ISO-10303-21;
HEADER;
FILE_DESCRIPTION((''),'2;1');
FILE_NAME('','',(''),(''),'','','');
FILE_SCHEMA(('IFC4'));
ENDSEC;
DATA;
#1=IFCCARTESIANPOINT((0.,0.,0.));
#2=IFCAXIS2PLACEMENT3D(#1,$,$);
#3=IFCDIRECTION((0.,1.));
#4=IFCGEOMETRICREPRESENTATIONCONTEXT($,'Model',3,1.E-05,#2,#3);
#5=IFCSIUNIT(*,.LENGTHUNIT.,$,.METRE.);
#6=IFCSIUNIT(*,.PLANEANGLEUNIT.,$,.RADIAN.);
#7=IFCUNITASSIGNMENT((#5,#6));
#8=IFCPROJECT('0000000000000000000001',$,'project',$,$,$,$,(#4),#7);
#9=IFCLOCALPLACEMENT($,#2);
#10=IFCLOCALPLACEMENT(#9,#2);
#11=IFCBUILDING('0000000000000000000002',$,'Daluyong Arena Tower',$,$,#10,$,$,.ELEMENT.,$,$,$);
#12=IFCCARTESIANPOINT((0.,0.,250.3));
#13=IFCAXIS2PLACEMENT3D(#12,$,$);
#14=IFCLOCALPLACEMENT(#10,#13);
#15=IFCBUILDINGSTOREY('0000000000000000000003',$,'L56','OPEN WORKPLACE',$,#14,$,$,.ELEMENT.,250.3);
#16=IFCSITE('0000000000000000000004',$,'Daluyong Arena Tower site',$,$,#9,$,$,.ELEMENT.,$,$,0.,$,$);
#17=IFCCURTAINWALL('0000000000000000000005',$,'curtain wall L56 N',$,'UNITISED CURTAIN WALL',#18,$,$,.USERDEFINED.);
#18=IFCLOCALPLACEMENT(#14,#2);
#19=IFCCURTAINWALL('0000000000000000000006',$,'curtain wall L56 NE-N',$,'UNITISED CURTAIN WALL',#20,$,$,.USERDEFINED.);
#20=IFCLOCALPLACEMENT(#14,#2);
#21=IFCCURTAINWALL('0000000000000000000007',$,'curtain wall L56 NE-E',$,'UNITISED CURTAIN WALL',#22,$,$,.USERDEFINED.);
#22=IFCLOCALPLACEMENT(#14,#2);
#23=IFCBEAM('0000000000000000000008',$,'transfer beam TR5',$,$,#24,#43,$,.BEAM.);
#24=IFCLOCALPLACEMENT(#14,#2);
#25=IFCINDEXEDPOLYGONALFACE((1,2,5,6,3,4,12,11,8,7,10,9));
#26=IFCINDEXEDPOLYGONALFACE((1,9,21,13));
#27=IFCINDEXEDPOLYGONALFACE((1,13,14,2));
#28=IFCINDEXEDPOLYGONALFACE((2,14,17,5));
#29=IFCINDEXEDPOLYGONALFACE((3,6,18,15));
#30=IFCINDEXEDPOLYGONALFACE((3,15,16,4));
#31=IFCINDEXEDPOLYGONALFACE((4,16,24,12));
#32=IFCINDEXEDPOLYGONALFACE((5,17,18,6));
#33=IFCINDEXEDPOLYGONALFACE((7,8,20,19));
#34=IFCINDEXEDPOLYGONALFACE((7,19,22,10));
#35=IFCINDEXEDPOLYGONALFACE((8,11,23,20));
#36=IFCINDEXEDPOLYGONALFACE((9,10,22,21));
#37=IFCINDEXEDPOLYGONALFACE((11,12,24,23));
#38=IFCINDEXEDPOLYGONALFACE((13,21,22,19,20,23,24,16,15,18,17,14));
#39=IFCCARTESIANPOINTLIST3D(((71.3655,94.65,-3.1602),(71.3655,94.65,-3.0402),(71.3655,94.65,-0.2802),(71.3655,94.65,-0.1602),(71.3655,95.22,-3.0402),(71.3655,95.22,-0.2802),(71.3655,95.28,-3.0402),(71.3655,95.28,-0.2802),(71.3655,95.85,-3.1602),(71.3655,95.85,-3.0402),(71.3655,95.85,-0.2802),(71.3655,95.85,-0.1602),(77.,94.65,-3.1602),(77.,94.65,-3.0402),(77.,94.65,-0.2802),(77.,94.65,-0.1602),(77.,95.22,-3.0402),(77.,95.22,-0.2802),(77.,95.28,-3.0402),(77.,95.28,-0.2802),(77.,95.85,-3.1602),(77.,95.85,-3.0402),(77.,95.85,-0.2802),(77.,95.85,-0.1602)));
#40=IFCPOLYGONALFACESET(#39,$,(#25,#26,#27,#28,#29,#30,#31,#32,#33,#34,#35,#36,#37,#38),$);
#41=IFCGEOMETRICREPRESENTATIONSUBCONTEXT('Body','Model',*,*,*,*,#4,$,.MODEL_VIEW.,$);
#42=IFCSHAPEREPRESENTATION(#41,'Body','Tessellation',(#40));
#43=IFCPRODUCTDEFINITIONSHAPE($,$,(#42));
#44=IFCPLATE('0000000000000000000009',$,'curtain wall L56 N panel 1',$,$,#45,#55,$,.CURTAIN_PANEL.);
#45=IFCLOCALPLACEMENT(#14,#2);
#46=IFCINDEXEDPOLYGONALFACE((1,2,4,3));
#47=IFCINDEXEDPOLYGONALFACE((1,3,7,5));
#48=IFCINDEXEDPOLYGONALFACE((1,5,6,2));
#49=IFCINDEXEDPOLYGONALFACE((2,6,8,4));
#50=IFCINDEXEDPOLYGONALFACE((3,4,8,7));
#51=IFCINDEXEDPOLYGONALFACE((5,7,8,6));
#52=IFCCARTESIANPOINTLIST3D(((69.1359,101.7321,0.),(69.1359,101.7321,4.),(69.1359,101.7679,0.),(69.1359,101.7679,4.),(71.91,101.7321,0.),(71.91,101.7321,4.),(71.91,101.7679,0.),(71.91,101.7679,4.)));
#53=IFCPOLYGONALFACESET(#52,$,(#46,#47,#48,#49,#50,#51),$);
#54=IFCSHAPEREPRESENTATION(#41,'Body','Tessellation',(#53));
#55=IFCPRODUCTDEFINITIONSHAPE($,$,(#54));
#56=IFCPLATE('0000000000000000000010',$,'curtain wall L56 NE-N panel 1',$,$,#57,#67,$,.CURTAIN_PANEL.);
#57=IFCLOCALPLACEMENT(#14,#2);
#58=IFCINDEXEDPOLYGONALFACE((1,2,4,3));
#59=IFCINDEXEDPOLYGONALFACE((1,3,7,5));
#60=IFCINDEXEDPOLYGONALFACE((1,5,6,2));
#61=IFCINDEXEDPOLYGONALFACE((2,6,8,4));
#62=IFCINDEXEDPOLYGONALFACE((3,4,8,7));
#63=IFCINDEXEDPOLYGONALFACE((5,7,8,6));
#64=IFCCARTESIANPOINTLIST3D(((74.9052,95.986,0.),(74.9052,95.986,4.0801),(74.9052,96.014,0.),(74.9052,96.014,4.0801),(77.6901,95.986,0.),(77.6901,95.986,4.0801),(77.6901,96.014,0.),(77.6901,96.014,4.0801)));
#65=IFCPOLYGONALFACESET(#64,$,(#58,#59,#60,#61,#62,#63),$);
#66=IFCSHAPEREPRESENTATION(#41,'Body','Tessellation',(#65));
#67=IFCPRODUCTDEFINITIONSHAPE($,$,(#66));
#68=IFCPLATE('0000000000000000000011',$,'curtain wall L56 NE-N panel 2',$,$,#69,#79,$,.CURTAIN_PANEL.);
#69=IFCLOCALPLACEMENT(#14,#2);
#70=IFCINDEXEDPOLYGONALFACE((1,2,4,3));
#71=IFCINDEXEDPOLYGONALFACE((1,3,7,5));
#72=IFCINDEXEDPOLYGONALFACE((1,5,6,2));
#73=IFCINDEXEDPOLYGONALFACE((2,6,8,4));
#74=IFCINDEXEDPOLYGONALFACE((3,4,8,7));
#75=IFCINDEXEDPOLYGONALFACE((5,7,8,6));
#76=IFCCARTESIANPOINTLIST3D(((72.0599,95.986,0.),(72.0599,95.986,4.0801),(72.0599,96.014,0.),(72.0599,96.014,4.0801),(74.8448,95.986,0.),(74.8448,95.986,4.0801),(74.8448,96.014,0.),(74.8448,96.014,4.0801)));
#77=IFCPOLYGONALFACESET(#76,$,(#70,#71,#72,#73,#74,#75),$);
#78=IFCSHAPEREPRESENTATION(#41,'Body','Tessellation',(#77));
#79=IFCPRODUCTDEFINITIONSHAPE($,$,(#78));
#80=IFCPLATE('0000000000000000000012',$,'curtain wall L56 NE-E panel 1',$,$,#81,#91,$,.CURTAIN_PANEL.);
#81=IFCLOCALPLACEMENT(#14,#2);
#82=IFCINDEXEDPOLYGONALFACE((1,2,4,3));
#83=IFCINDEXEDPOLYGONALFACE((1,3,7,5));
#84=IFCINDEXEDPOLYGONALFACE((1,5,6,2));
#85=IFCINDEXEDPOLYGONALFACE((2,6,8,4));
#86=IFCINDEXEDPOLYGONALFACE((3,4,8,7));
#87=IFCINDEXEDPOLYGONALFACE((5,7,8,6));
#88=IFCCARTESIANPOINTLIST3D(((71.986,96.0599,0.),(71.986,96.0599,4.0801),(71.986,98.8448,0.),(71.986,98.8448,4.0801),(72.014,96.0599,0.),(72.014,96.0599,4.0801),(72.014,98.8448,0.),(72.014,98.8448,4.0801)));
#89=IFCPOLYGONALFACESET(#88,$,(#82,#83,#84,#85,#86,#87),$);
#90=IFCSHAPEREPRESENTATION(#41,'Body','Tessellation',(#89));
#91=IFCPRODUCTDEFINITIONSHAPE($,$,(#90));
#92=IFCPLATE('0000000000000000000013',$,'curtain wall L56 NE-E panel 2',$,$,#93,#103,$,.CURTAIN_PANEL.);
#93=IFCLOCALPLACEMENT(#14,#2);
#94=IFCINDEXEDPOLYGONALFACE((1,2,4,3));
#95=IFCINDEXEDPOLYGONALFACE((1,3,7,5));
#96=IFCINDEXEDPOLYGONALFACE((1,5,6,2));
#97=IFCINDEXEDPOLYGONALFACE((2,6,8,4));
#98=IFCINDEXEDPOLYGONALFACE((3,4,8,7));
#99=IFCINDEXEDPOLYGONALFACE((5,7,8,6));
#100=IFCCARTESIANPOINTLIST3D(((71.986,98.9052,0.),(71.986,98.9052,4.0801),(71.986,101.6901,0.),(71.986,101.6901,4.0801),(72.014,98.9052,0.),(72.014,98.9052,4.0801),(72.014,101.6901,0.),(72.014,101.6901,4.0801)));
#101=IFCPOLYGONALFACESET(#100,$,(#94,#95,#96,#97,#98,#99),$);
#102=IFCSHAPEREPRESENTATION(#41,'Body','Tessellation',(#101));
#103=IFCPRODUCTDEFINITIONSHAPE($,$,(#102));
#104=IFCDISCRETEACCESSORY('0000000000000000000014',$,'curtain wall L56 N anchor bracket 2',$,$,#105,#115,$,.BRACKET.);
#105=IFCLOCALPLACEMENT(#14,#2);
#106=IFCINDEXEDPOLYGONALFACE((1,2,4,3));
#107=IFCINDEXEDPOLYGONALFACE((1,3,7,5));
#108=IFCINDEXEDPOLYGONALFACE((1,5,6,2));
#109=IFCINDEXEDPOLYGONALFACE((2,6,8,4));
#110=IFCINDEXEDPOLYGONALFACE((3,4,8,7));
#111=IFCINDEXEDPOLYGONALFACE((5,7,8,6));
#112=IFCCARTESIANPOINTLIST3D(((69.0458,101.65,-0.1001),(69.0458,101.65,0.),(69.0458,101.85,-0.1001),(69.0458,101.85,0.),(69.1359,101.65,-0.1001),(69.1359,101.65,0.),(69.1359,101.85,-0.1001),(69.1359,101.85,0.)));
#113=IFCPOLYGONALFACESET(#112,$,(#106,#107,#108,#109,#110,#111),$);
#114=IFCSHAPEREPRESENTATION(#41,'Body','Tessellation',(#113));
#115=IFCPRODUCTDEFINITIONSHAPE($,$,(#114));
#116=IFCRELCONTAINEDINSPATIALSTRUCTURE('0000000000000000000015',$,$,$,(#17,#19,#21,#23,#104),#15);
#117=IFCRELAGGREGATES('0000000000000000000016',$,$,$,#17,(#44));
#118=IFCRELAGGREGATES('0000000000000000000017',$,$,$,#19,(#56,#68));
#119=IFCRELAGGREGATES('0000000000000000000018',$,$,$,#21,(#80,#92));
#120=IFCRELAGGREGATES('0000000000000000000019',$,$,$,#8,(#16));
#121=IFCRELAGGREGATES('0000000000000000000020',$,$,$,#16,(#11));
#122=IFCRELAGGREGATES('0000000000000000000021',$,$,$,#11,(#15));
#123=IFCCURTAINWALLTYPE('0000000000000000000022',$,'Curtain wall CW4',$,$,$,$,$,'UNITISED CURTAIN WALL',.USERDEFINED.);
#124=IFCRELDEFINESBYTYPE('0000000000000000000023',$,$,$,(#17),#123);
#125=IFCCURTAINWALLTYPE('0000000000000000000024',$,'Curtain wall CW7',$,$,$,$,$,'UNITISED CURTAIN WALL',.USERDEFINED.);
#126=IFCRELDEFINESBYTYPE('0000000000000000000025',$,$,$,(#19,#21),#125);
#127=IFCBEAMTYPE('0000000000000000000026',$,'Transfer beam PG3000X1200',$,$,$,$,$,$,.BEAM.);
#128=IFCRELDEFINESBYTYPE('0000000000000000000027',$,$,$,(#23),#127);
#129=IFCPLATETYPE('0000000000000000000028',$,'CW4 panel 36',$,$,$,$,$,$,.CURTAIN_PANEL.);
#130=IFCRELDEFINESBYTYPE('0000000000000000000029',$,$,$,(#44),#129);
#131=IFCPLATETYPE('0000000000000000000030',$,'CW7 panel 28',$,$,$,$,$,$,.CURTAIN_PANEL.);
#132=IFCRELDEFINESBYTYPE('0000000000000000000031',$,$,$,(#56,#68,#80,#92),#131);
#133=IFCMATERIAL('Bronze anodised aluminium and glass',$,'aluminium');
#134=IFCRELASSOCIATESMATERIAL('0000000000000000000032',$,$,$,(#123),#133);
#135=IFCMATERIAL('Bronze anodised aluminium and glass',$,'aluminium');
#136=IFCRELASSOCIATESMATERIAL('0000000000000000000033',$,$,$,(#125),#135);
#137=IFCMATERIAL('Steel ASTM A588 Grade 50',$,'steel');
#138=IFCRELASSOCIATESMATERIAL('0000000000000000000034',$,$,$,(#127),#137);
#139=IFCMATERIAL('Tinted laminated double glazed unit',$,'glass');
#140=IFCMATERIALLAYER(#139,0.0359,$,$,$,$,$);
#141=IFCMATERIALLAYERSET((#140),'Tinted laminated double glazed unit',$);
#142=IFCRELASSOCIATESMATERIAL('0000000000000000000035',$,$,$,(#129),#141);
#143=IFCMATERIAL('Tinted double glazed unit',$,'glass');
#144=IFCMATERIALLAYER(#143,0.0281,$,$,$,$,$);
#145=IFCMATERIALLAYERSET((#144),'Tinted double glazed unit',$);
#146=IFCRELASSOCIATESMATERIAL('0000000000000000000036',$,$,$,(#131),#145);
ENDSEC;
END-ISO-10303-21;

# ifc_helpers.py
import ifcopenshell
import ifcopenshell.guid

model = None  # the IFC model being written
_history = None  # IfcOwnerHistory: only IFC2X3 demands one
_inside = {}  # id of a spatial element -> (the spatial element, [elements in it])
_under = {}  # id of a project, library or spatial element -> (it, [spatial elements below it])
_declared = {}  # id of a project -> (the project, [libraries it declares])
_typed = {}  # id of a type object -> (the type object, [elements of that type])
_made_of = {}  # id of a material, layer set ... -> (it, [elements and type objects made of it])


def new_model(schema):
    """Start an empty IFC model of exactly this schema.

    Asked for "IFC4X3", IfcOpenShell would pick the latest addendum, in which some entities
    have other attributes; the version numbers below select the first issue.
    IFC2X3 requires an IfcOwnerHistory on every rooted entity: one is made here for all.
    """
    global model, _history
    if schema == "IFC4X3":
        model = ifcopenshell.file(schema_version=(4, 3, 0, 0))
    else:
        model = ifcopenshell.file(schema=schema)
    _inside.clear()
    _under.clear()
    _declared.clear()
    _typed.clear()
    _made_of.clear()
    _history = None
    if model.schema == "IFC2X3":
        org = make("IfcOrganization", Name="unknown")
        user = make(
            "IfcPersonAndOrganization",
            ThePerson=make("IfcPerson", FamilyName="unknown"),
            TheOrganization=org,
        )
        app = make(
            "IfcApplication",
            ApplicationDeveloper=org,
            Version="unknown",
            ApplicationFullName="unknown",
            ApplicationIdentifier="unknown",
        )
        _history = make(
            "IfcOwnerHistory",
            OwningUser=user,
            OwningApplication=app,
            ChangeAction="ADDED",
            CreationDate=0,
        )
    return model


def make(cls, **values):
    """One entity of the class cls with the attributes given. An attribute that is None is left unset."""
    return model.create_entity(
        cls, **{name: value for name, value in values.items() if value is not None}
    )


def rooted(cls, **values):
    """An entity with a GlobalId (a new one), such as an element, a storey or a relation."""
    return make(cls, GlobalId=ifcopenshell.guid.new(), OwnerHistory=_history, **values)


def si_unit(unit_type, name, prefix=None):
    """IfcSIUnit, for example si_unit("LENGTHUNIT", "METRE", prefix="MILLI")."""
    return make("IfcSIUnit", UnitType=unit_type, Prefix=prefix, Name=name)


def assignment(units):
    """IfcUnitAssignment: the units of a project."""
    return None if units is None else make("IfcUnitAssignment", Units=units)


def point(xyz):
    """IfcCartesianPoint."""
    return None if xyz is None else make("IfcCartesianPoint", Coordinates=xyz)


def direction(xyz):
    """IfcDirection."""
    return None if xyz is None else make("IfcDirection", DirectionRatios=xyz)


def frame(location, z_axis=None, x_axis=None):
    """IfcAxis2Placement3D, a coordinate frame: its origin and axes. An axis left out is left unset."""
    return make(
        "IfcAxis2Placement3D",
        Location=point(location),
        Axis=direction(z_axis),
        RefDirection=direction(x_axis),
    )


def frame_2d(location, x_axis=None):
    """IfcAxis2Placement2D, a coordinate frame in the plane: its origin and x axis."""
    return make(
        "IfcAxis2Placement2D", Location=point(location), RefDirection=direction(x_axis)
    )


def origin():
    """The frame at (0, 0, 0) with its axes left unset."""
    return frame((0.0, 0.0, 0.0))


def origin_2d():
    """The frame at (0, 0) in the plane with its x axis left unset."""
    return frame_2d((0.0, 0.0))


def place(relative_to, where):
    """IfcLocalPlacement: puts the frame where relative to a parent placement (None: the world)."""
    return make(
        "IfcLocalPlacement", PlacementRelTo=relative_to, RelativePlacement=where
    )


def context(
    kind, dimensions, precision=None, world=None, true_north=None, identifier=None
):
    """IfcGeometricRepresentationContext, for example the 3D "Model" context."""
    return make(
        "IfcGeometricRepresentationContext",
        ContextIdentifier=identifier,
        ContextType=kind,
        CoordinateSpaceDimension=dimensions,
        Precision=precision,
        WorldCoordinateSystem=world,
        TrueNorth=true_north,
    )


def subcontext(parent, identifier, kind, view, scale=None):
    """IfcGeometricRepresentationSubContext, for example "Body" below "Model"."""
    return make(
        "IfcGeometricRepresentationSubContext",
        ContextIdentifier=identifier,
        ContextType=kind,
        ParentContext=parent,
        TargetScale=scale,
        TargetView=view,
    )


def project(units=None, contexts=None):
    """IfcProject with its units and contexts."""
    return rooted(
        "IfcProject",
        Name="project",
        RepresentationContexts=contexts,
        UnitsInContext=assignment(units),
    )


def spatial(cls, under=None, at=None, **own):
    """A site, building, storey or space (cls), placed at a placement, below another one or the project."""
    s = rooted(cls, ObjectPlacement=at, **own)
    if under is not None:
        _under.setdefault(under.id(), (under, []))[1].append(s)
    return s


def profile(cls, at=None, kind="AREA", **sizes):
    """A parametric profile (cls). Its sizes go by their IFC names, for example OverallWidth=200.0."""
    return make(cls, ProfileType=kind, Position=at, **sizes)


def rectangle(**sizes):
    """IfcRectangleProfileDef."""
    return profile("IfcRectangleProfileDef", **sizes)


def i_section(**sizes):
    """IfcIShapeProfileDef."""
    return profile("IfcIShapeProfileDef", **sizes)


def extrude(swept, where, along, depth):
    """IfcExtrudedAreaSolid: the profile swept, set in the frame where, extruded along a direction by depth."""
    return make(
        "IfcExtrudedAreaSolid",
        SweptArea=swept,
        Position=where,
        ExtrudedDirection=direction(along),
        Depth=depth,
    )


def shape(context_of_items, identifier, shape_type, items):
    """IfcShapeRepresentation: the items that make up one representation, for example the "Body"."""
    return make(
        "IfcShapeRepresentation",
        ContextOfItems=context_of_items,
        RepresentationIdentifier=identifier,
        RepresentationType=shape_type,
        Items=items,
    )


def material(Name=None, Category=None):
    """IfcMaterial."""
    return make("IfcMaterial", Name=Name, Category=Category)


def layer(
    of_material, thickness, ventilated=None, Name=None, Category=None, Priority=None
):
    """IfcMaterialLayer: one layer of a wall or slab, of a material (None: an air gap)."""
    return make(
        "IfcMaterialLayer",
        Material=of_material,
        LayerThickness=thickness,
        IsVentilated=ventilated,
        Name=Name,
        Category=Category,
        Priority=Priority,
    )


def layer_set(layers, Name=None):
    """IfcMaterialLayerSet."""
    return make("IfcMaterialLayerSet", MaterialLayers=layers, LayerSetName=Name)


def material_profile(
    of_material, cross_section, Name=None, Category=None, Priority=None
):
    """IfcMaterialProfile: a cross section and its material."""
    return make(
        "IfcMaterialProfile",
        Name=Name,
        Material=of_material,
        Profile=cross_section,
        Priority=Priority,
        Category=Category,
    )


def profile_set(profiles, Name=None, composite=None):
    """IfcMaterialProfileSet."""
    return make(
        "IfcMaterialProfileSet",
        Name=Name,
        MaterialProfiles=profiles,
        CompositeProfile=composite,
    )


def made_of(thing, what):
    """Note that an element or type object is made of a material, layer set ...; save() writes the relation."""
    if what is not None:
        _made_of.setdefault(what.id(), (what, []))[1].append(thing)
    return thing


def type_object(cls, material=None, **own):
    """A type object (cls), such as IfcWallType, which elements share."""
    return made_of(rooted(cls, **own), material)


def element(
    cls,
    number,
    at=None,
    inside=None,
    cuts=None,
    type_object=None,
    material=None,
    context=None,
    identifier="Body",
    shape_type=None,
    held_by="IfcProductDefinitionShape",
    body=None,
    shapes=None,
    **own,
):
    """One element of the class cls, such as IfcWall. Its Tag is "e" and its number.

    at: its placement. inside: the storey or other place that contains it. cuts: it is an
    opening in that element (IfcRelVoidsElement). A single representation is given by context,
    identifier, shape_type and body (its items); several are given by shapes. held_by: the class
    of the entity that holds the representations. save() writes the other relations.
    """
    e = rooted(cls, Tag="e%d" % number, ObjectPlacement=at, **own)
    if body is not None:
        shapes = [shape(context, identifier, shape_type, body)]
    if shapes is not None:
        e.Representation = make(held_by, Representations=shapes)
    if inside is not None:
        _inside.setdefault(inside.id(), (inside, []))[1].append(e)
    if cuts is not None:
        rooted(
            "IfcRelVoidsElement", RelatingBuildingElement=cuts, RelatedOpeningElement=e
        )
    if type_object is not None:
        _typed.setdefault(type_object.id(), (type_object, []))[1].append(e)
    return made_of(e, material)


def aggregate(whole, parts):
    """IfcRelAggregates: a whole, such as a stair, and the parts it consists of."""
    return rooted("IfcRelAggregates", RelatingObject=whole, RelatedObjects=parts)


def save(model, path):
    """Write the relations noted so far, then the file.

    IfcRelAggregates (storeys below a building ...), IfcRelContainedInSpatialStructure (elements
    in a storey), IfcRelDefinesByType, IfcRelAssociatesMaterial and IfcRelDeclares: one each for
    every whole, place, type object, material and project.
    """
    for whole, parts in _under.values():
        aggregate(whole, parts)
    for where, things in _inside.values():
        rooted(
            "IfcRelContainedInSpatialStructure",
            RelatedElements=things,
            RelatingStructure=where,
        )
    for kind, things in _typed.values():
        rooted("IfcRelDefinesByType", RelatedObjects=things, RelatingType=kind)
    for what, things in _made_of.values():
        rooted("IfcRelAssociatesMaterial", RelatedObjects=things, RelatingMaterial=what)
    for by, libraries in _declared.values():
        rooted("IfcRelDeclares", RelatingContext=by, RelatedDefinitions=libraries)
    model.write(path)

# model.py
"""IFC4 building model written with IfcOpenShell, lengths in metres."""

from ifc_helpers import new_model, si_unit, direction, frame, origin, origin_2d, place, context, subcontext, project, spatial, rectangle, i_section, extrude, material, layer, layer_set, material_profile, profile_set, type_object, element, aggregate, save


model = new_model("IFC4")

# Units and contexts
model_context = context("Model", 3, precision=1e-05, world=origin(), true_north=direction((0.0, 1.0)))
body_context = subcontext(model_context, "Body", "Model", "MODEL_VIEW")
ifc_project = project(units=[si_unit("LENGTHUNIT", "METRE"), si_unit("PLANEANGLEUNIT", "RADIAN")], contexts=[model_context])

# Site, building, storey
site_placement = place(None, origin())
site = spatial("IfcSite", under=ifc_project, at=site_placement, Name="Daluyong Arena Tower site", CompositionType="ELEMENT", RefElevation=0.0)
building_placement = place(site_placement, origin())
building = spatial("IfcBuilding", under=site, at=building_placement, Name="Daluyong Arena Tower", CompositionType="ELEMENT")
storey_placement = place(building_placement, frame((0.0, 0.0, 250.3)))
storey = spatial("IfcBuildingStorey", under=building, at=storey_placement, Name="L56", Description="OPEN WORKPLACE", CompositionType="ELEMENT", Elevation=250.3)

# Shared definitions
ifc_material_1 = material(Name="Bronze anodised aluminium and glass", Category="aluminium")
curtain_wall_type_1 = type_object("IfcCurtainWallType", Name="Curtain wall CW4", ElementType="UNITISED CURTAIN WALL", PredefinedType="USERDEFINED", material=ifc_material_1)

# Curtain walls
curtain_wall_1_placement = place(storey_placement, origin())
curtain_wall_1 = element("IfcCurtainWall", 1, at=curtain_wall_1_placement, inside=storey, type_object=curtain_wall_type_1, Name="curtain wall L56 N", ObjectType="UNITISED CURTAIN WALL", PredefinedType="USERDEFINED")
ifc_material_2 = material(Name="Bronze anodised aluminium and glass", Category="aluminium")
curtain_wall_type_2 = type_object("IfcCurtainWallType", Name="Curtain wall CW7", ElementType="UNITISED CURTAIN WALL", PredefinedType="USERDEFINED", material=ifc_material_2)
curtain_wall_2_placement = place(storey_placement, origin())
curtain_wall_2 = element("IfcCurtainWall", 2, at=curtain_wall_2_placement, inside=storey, type_object=curtain_wall_type_2, Name="curtain wall L56 NE-N", ObjectType="UNITISED CURTAIN WALL", PredefinedType="USERDEFINED")
curtain_wall_3_placement = place(storey_placement, origin())
curtain_wall_3 = element("IfcCurtainWall", 3, at=curtain_wall_3_placement, inside=storey, type_object=curtain_wall_type_2, Name="curtain wall L56 NE-E", ObjectType="UNITISED CURTAIN WALL", PredefinedType="USERDEFINED")

# Beam
ifc_material_3 = material(Name="Steel ASTM A588 Grade 50", Category="steel")
ifc_material_profile_1 = material_profile(ifc_material_3, i_section(OverallWidth=1.2, OverallDepth=3.0, WebThickness=0.06, FlangeThickness=0.12, at=origin_2d()))
ifc_profile_set_1 = profile_set([ifc_material_profile_1], Name="Steel ASTM A588 Grade 50")
beam_type_1 = type_object("IfcBeamType", Name="Transfer beam PG3000X1200", PredefinedType="BEAM", material=ifc_profile_set_1)
beam_1_placement = place(storey_placement, frame((71.3655, 95.25, -1.6602), z_axis=(1.0, 0.0, 0.0), x_axis=(0.0, 1.0, 0.0)))
element("IfcBeam", 4, at=beam_1_placement, inside=storey, type_object=beam_type_1, Name="transfer beam TR5", PredefinedType="BEAM", context=body_context, shape_type="SweptSolid", body=[
    extrude(i_section(OverallWidth=1.2, OverallDepth=3.0, WebThickness=0.06, FlangeThickness=0.12, at=origin_2d()), origin(), (0.0, 0.0, 1.0), 5.6345),
])

# Plates
ifc_material_4 = material(Name="Tinted laminated double glazed unit", Category="glass")
ifc_layer_1 = layer(ifc_material_4, 0.0359)
ifc_layer_set_1 = layer_set([ifc_layer_1], Name="Tinted laminated double glazed unit")
plate_type_1 = type_object("IfcPlateType", Name="CW4 panel 36", PredefinedType="CURTAIN_PANEL", material=ifc_layer_set_1)
plate_1_placement = place(storey_placement, frame((70.5229, 101.75, 0.0), z_axis=(0.0, 0.0, 1.0), x_axis=(-1.0, 0.0, 0.0)))
plate_1 = element("IfcPlate", 5, at=plate_1_placement, type_object=plate_type_1, Name="curtain wall L56 N panel 1", PredefinedType="CURTAIN_PANEL", context=body_context, shape_type="SweptSolid", body=[
    extrude(rectangle(XDim=2.7742, YDim=0.0359, at=origin_2d()), origin(), (0.0, 0.0, 1.0), 4.0),
])
aggregate(curtain_wall_1, [plate_1])
ifc_material_5 = material(Name="Tinted double glazed unit", Category="glass")
ifc_layer_2 = layer(ifc_material_5, 0.0281)
ifc_layer_set_2 = layer_set([ifc_layer_2], Name="Tinted double glazed unit")
plate_type_2 = type_object("IfcPlateType", Name="CW7 panel 28", PredefinedType="CURTAIN_PANEL", material=ifc_layer_set_2)
plate_2_placement = place(storey_placement, frame((76.2976, 96.0, 0.0), z_axis=(0.0, 0.0, 1.0), x_axis=(-1.0, 0.0, 0.0)))
plate_2 = element("IfcPlate", 6, at=plate_2_placement, type_object=plate_type_2, Name="curtain wall L56 NE-N panel 1", PredefinedType="CURTAIN_PANEL", context=body_context, shape_type="SweptSolid", body=[
    extrude(rectangle(XDim=2.7849, YDim=0.0281, at=origin_2d()), origin(), (0.0, 0.0, 1.0), 4.0801),
])
plate_3_placement = place(storey_placement, frame((73.4524, 96.0, 0.0), z_axis=(0.0, 0.0, 1.0), x_axis=(-1.0, 0.0, 0.0)))
plate_3 = element("IfcPlate", 7, at=plate_3_placement, type_object=plate_type_2, Name="curtain wall L56 NE-N panel 2", PredefinedType="CURTAIN_PANEL", context=body_context, shape_type="SweptSolid", body=[
    extrude(rectangle(XDim=2.7849, YDim=0.0281, at=origin_2d()), origin(), (0.0, 0.0, 1.0), 4.0801),
])
aggregate(curtain_wall_2, [plate_2, plate_3])
plate_4_placement = place(storey_placement, frame((72.0, 97.4524, 0.0), z_axis=(0.0, 0.0, 1.0), x_axis=(0.0, 1.0, 0.0)))
plate_4 = element("IfcPlate", 8, at=plate_4_placement, type_object=plate_type_2, Name="curtain wall L56 NE-E panel 1", PredefinedType="CURTAIN_PANEL", context=body_context, shape_type="SweptSolid", body=[
    extrude(rectangle(XDim=2.7849, YDim=0.0281, at=origin_2d()), origin(), (0.0, 0.0, 1.0), 4.0801),
])
plate_5_placement = place(storey_placement, frame((72.0, 100.2976, 0.0), z_axis=(0.0, 0.0, 1.0), x_axis=(0.0, 1.0, 0.0)))
plate_5 = element("IfcPlate", 9, at=plate_5_placement, type_object=plate_type_2, Name="curtain wall L56 NE-E panel 2", PredefinedType="CURTAIN_PANEL", context=body_context, shape_type="SweptSolid", body=[
    extrude(rectangle(XDim=2.7849, YDim=0.0281, at=origin_2d()), origin(), (0.0, 0.0, 1.0), 4.0801),
])
aggregate(curtain_wall_3, [plate_4, plate_5])

# Discrete accessory
discrete_accessory_placement = place(storey_placement, frame((69.0908, 101.75, -0.1001), z_axis=(0.0, 0.0, 1.0), x_axis=(-1.0, 0.0, 0.0)))
element("IfcDiscreteAccessory", 10, at=discrete_accessory_placement, inside=storey, Name="curtain wall L56 N anchor bracket 2", PredefinedType="BRACKET", context=body_context, shape_type="SweptSolid", body=[
    extrude(rectangle(XDim=0.0901, YDim=0.2, at=origin_2d()), origin(), (0.0, 0.0, 1.0), 0.1001),
])

save(model, "model.ifc")
